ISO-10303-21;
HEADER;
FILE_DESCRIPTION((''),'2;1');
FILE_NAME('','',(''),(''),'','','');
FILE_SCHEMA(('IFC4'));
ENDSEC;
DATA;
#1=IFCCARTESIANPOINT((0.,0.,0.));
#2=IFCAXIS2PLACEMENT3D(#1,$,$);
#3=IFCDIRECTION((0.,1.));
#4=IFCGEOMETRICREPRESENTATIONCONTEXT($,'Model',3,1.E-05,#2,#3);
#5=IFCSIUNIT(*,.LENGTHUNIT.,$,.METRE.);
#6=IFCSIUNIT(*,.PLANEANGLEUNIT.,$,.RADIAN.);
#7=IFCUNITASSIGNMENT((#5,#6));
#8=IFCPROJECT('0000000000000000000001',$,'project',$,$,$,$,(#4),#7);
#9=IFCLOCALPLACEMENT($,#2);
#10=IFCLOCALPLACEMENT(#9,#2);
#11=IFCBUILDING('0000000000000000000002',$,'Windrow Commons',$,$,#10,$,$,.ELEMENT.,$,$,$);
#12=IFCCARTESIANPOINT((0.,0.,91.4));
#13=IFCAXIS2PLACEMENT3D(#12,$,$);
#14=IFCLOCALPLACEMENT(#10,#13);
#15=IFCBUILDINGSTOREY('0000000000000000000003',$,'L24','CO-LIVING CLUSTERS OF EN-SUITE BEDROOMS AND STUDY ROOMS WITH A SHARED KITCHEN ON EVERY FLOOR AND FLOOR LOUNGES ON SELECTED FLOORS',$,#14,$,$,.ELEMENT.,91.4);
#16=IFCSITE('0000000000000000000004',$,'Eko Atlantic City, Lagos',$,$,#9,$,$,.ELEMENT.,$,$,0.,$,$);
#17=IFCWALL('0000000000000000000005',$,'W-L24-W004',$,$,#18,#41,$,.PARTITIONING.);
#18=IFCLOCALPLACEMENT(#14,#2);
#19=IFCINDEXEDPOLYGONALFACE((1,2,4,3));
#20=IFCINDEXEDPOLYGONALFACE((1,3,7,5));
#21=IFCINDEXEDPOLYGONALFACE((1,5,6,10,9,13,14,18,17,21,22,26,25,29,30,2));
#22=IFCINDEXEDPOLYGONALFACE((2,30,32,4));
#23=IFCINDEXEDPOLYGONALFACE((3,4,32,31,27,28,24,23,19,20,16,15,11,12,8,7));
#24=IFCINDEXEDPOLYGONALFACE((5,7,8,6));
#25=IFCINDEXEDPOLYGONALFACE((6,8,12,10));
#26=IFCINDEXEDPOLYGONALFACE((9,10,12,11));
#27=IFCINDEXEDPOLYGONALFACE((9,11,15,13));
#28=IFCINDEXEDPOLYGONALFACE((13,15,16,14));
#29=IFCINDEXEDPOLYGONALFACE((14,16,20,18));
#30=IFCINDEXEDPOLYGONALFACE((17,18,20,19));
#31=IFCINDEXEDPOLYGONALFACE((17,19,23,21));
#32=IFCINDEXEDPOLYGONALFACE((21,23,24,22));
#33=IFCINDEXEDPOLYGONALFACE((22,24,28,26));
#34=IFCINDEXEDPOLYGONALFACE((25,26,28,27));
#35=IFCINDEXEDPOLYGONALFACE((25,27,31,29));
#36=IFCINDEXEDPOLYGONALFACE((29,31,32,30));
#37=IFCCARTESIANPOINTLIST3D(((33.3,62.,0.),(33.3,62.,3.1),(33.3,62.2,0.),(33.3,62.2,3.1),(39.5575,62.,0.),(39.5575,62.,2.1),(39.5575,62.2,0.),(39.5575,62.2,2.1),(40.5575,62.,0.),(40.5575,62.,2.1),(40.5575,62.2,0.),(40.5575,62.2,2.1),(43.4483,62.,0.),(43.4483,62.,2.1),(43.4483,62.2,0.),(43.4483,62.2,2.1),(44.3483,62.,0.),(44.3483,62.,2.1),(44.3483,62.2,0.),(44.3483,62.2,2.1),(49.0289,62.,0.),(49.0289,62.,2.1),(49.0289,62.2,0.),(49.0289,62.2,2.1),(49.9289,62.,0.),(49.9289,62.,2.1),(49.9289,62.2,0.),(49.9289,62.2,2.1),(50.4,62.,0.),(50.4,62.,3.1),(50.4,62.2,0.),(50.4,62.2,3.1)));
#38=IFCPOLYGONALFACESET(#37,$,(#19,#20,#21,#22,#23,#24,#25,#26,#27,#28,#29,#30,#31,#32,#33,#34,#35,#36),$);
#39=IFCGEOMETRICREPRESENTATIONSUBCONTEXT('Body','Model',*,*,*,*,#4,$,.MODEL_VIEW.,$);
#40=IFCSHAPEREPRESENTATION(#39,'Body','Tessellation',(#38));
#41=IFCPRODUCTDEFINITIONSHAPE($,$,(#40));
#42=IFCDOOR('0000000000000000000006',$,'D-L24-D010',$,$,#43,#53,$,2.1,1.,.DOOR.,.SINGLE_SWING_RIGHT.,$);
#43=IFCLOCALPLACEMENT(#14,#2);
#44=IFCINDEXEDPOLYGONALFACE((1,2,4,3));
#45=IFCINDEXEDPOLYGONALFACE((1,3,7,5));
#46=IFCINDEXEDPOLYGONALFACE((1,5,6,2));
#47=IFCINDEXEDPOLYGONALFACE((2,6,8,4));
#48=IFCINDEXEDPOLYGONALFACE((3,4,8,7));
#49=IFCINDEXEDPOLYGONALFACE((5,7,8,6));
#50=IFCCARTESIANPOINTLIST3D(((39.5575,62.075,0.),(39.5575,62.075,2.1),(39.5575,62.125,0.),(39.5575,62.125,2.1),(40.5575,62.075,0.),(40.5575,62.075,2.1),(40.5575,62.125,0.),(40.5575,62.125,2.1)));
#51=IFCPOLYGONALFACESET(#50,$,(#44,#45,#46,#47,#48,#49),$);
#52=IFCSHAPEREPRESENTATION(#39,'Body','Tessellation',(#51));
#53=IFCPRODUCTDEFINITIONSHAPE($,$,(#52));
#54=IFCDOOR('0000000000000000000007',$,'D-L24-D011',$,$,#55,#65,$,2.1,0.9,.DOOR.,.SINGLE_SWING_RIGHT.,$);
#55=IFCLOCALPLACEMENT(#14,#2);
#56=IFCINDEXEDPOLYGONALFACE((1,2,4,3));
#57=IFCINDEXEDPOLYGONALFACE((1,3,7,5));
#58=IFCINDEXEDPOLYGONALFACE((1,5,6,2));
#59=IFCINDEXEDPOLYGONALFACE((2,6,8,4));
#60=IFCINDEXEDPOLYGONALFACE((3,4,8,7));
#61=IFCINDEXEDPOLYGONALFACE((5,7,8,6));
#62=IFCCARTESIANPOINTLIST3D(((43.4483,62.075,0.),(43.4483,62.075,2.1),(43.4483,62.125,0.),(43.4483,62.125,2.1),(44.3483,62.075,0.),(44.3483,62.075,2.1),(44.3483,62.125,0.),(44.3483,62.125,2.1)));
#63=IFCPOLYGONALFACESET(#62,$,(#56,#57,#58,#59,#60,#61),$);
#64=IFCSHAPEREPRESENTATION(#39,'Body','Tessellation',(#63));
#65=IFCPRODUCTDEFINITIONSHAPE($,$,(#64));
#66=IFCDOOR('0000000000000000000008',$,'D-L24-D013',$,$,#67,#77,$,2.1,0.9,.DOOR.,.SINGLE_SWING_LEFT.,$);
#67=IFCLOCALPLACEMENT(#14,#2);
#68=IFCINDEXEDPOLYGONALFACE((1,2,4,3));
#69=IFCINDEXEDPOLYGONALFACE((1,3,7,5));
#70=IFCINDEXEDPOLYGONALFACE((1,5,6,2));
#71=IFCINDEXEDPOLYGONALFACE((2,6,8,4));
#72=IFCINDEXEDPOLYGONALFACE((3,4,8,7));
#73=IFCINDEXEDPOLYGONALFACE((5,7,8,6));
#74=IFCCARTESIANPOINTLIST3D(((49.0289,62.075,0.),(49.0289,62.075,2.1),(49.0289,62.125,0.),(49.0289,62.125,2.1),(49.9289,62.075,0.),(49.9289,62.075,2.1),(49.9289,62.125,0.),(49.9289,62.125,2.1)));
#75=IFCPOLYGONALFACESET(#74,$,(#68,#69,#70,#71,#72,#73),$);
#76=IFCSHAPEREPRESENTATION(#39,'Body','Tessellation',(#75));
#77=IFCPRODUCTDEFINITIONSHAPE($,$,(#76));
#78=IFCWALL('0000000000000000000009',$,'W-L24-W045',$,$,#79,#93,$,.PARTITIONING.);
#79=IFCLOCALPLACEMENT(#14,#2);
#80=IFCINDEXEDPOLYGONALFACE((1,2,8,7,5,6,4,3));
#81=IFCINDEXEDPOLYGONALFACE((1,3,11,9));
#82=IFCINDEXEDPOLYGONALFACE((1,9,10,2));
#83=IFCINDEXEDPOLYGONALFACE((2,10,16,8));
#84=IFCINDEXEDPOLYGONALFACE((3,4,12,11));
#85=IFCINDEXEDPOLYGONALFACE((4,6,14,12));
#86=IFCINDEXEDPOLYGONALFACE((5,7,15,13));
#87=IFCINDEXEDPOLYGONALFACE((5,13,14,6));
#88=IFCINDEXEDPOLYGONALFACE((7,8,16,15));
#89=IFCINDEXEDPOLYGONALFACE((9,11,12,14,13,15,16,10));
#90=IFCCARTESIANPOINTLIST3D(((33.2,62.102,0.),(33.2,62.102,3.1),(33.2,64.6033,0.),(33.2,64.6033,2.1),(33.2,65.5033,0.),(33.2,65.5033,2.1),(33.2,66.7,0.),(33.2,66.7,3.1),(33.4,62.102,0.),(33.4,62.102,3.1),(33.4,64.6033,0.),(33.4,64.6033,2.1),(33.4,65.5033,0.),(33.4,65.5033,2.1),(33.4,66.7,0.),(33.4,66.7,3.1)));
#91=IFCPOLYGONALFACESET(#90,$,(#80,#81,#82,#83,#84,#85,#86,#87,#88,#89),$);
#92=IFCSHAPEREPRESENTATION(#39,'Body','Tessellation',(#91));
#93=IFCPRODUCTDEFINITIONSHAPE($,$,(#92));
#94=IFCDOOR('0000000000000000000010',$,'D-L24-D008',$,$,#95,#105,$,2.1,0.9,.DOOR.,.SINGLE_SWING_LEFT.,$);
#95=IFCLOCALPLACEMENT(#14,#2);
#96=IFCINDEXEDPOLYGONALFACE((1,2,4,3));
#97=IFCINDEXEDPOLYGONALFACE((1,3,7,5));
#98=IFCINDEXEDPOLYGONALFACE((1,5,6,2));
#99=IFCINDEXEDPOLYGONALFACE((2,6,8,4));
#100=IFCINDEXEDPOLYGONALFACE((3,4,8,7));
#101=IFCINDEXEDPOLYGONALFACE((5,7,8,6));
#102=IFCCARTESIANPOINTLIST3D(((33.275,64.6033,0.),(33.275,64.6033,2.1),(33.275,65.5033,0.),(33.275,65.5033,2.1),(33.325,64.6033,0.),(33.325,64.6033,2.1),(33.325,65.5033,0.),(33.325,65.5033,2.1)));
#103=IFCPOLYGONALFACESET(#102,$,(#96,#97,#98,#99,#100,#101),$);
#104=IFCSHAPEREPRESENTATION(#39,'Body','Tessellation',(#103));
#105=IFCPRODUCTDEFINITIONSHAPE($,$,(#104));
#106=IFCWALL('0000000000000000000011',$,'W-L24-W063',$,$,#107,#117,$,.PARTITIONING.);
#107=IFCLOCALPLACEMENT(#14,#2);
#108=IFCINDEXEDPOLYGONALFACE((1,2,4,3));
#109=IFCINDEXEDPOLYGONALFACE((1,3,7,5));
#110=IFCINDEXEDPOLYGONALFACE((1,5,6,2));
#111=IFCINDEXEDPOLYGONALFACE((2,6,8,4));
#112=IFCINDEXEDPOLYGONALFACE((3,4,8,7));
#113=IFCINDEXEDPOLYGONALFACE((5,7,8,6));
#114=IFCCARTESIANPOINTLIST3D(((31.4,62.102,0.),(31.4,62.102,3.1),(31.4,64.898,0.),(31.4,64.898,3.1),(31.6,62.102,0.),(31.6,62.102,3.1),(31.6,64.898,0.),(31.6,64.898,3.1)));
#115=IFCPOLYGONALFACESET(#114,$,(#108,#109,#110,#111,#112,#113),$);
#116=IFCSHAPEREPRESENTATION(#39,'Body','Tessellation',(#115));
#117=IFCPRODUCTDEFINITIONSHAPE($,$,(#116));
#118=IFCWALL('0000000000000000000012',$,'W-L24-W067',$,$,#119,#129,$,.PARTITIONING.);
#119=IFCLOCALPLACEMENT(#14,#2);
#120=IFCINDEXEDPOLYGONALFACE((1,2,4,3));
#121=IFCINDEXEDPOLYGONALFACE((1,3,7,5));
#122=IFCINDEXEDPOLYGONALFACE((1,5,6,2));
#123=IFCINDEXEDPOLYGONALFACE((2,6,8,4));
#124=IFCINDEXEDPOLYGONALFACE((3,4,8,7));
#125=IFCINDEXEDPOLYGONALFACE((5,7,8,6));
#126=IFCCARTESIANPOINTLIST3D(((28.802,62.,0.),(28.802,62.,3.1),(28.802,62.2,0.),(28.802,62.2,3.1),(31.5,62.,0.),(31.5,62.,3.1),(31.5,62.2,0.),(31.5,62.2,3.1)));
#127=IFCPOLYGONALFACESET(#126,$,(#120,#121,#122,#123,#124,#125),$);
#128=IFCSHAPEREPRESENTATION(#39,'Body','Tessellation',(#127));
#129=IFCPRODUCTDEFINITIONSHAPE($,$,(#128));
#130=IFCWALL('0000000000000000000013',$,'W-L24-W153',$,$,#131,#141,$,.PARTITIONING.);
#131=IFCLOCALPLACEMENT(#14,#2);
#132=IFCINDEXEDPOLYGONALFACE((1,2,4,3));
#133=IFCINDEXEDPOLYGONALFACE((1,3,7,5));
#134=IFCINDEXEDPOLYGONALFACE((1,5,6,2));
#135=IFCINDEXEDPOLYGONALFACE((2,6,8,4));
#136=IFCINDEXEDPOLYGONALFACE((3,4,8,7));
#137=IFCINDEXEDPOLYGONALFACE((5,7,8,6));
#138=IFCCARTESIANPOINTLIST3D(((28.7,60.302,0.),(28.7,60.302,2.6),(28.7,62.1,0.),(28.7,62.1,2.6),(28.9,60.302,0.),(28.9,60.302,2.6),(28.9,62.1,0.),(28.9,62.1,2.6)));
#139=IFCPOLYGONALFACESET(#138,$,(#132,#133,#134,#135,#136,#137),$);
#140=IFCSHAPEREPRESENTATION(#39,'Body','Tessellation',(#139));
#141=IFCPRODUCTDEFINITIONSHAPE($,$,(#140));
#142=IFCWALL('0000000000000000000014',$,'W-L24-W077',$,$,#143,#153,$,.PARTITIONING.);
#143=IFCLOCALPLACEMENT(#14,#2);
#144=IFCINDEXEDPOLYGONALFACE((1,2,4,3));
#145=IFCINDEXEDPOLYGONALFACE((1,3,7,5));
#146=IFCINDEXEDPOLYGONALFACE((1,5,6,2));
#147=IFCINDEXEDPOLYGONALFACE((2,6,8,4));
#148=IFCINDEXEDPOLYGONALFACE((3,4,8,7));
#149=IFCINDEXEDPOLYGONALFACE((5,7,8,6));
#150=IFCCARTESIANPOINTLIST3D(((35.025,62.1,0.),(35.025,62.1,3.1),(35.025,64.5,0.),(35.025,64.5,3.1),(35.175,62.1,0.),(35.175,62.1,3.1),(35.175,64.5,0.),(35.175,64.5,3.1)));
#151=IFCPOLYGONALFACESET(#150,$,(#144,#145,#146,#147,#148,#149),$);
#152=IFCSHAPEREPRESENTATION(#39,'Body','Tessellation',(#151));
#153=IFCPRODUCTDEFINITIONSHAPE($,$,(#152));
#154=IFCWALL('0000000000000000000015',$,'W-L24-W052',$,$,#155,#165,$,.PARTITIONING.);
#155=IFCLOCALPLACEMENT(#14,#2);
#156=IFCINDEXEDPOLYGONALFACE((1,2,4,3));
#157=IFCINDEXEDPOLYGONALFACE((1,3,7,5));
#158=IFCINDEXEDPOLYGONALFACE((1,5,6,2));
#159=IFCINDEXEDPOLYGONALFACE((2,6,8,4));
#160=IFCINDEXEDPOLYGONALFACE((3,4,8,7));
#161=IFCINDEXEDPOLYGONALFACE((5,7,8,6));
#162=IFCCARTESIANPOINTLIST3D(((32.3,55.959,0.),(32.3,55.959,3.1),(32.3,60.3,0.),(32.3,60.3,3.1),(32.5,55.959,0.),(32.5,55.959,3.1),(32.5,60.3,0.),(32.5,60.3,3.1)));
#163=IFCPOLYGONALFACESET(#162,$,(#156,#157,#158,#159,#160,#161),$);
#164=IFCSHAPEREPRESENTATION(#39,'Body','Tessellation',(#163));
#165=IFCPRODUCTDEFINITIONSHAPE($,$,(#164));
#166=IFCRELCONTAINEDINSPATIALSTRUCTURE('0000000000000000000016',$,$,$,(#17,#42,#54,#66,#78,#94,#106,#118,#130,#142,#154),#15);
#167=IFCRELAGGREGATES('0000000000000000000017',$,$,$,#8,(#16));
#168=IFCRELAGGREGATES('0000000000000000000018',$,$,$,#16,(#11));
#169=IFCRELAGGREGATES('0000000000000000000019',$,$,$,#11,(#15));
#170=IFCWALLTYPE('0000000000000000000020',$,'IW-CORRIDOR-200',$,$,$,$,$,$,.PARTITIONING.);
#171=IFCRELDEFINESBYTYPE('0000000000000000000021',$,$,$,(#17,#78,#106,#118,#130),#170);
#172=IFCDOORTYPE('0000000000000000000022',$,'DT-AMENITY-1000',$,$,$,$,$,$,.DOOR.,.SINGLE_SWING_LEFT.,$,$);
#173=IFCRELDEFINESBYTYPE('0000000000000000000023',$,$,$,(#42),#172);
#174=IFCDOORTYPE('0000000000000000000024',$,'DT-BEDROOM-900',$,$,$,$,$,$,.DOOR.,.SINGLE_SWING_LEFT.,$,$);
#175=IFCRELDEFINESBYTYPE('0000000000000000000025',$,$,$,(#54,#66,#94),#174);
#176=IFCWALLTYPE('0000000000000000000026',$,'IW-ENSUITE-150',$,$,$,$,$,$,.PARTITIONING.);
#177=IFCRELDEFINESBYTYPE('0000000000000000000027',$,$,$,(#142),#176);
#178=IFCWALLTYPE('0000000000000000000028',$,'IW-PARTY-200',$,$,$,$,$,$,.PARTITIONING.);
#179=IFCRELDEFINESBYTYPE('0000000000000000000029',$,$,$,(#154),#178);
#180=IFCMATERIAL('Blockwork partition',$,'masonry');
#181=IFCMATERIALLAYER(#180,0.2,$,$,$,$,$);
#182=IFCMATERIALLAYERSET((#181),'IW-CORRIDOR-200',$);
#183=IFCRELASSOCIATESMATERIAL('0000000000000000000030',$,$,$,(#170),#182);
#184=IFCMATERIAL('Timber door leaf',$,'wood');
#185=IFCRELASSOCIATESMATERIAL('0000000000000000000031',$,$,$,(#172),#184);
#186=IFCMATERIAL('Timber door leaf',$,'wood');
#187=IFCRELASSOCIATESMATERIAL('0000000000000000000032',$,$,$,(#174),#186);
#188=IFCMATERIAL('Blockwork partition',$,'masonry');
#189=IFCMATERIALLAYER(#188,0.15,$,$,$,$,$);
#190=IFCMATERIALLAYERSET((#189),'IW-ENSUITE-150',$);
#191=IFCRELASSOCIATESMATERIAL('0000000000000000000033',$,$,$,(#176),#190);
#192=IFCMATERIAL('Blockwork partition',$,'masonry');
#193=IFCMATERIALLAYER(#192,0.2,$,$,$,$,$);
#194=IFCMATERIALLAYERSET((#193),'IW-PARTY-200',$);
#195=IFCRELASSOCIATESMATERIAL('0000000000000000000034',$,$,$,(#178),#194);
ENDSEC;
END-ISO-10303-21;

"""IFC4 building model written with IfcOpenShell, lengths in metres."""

from ifc_helpers import new_model, si_unit, direction, frame, frame_2d, origin, place, context, subcontext, project, spatial, rectangle, extrude, material, layer, layer_set, type_object, element, fill, save


model = new_model("IFC4")

# Units and contexts
model_context = context("Model", 3, precision=1e-05, world=origin(), true_north=direction((0.0, 1.0)))
body_context = subcontext(model_context, "Body", "Model", "MODEL_VIEW")
ifc_project = project(units=[si_unit("LENGTHUNIT", "METRE"), si_unit("PLANEANGLEUNIT", "RADIAN")], contexts=[model_context])

# Site, building, storey
site_placement = place(None, origin())
site = spatial("IfcSite", under=ifc_project, at=site_placement, Name="Eko Atlantic City, Lagos", CompositionType="ELEMENT", RefElevation=0.0)
building_placement = place(site_placement, origin())
building = spatial("IfcBuilding", under=site, at=building_placement, Name="Windrow Commons", CompositionType="ELEMENT")
storey_placement = place(building_placement, frame((0.0, 0.0, 91.4)))
storey = spatial("IfcBuildingStorey", under=building, at=storey_placement, Name="L24", Description="CO-LIVING CLUSTERS OF EN-SUITE BEDROOMS AND STUDY ROOMS WITH A SHARED KITCHEN ON EVERY FLOOR AND FLOOR LOUNGES ON SELECTED FLOORS", CompositionType="ELEMENT", Elevation=91.4)

# Wall, openings, doors
ifc_material_1 = material(Name="Blockwork partition", Category="masonry")
ifc_layer_1 = layer(ifc_material_1, 0.2)
ifc_layer_set_1 = layer_set([ifc_layer_1], Name="IW-CORRIDOR-200")
wall_type_1 = type_object("IfcWallType", Name="IW-CORRIDOR-200", PredefinedType="PARTITIONING", material=ifc_layer_set_1)
ifc_material_2 = material(Name="Timber door leaf", Category="wood")
door_type_1 = type_object("IfcDoorType", Name="DT-AMENITY-1000", OperationType="SINGLE_SWING_LEFT", PredefinedType="DOOR", material=ifc_material_2)
ifc_material_3 = material(Name="Timber door leaf", Category="wood")
door_type_2 = type_object("IfcDoorType", Name="DT-BEDROOM-900", OperationType="SINGLE_SWING_LEFT", PredefinedType="DOOR", material=ifc_material_3)
wall_1_placement = place(storey_placement, frame((33.3, 62.1, 0.0), z_axis=(0.0, 0.0, 1.0), x_axis=(1.0, 0.0, 0.0)))
wall_1 = element("IfcWall", 1, at=wall_1_placement, inside=storey, type_object=wall_type_1, Name="W-L24-W004", PredefinedType="PARTITIONING", context=body_context, shape_type="SweptSolid", body=[
    extrude(rectangle(XDim=17.1, YDim=0.2, at=frame_2d((8.55, 0.0))), origin(), (0.0, 0.0, 1.0), 3.1),
])
opening_1_placement = place(wall_1_placement, frame((6.2575, 0.0, 0.0)))
opening_1 = element("IfcOpeningElement", 2, at=opening_1_placement, cuts=wall_1, PredefinedType="OPENING", context=body_context, shape_type="SweptSolid", body=[
    extrude(rectangle(XDim=1.0, YDim=2.1, at=frame_2d((0.5, 1.05))), frame((0.0, 0.11, 0.0), z_axis=(0.0, -1.0, 0.0), x_axis=(1.0, 0.0, 0.0)), (0.0, 0.0, 1.0), 0.22),
])
opening_2_placement = place(wall_1_placement, frame((10.1483, 0.0, 0.0)))
opening_2 = element("IfcOpeningElement", 3, at=opening_2_placement, cuts=wall_1, PredefinedType="OPENING", context=body_context, shape_type="SweptSolid", body=[
    extrude(rectangle(XDim=0.9, YDim=2.1, at=frame_2d((0.45, 1.05))), frame((0.0, 0.11, 0.0), z_axis=(0.0, -1.0, 0.0), x_axis=(1.0, 0.0, 0.0)), (0.0, 0.0, 1.0), 0.22),
])
opening_3_placement = place(wall_1_placement, frame((15.7289, 0.0, 0.0)))
opening_3 = element("IfcOpeningElement", 4, at=opening_3_placement, cuts=wall_1, PredefinedType="OPENING", context=body_context, shape_type="SweptSolid", body=[
    extrude(rectangle(XDim=0.9, YDim=2.1, at=frame_2d((0.45, 1.05))), frame((0.0, 0.11, 0.0), z_axis=(0.0, -1.0, 0.0), x_axis=(1.0, 0.0, 0.0)), (0.0, 0.0, 1.0), 0.22),
])
door_1_placement = place(opening_1_placement, origin())
door_1 = element("IfcDoor", 5, at=door_1_placement, inside=storey, type_object=door_type_1, Name="D-L24-D010", OperationType="SINGLE_SWING_RIGHT", OverallHeight=2.1, OverallWidth=1.0, PredefinedType="DOOR", context=body_context, shape_type="SweptSolid", body=[
    extrude(rectangle(XDim=1.0, YDim=2.1, at=frame_2d((0.5, 1.05))), frame((0.0, 0.025, 0.0), z_axis=(0.0, -1.0, 0.0), x_axis=(1.0, 0.0, 0.0)), (0.0, 0.0, 1.0), 0.05),
])
fill(opening_1, door_1)
door_2_placement = place(opening_2_placement, origin())
door_2 = element("IfcDoor", 6, at=door_2_placement, inside=storey, type_object=door_type_2, Name="D-L24-D011", OperationType="SINGLE_SWING_RIGHT", OverallHeight=2.1, OverallWidth=0.9, PredefinedType="DOOR", context=body_context, shape_type="SweptSolid", body=[
    extrude(rectangle(XDim=0.9, YDim=2.1, at=frame_2d((0.45, 1.05))), frame((0.0, 0.025, 0.0), z_axis=(0.0, -1.0, 0.0), x_axis=(1.0, 0.0, 0.0)), (0.0, 0.0, 1.0), 0.05),
])
fill(opening_2, door_2)
door_3_placement = place(opening_3_placement, origin())
door_3 = element("IfcDoor", 7, at=door_3_placement, inside=storey, type_object=door_type_2, Name="D-L24-D013", OperationType="SINGLE_SWING_LEFT", OverallHeight=2.1, OverallWidth=0.9, PredefinedType="DOOR", context=body_context, shape_type="SweptSolid", body=[
    extrude(rectangle(XDim=0.9, YDim=2.1, at=frame_2d((0.45, 1.05))), frame((0.0, 0.025, 0.0), z_axis=(0.0, -1.0, 0.0), x_axis=(1.0, 0.0, 0.0)), (0.0, 0.0, 1.0), 0.05),
])
fill(opening_3, door_3)

# Wall, opening, door
wall_2_placement = place(storey_placement, frame((33.3, 62.102, 0.0), z_axis=(0.0, 0.0, 1.0), x_axis=(0.0, 1.0, 0.0)))
wall_2 = element("IfcWall", 8, at=wall_2_placement, inside=storey, type_object=wall_type_1, Name="W-L24-W045", PredefinedType="PARTITIONING", context=body_context, shape_type="SweptSolid", body=[
    extrude(rectangle(XDim=4.598, YDim=0.2, at=frame_2d((2.299, 0.0))), origin(), (0.0, 0.0, 1.0), 3.1),
])
opening_4_placement = place(wall_2_placement, frame((2.5013, 0.0, 0.0)))
opening_4 = element("IfcOpeningElement", 9, at=opening_4_placement, cuts=wall_2, PredefinedType="OPENING", context=body_context, shape_type="SweptSolid", body=[
    extrude(rectangle(XDim=0.9, YDim=2.1, at=frame_2d((0.45, 1.05))), frame((0.0, 0.11, 0.0), z_axis=(0.0, -1.0, 0.0), x_axis=(1.0, 0.0, 0.0)), (0.0, 0.0, 1.0), 0.22),
])
door_4_placement = place(opening_4_placement, origin())
door_4 = element("IfcDoor", 10, at=door_4_placement, inside=storey, type_object=door_type_2, Name="D-L24-D008", OperationType="SINGLE_SWING_LEFT", OverallHeight=2.1, OverallWidth=0.9, PredefinedType="DOOR", context=body_context, shape_type="SweptSolid", body=[
    extrude(rectangle(XDim=0.9, YDim=2.1, at=frame_2d((0.45, 1.05))), frame((0.0, 0.025, 0.0), z_axis=(0.0, -1.0, 0.0), x_axis=(1.0, 0.0, 0.0)), (0.0, 0.0, 1.0), 0.05),
])
fill(opening_4, door_4)

# Walls
wall_3_placement = place(storey_placement, frame((31.5, 62.102, 0.0), z_axis=(0.0, 0.0, 1.0), x_axis=(0.0, 1.0, 0.0)))
element("IfcWall", 11, at=wall_3_placement, inside=storey, type_object=wall_type_1, Name="W-L24-W063", PredefinedType="PARTITIONING", context=body_context, shape_type="SweptSolid", body=[
    extrude(rectangle(XDim=2.796, YDim=0.2, at=frame_2d((1.398, 0.0))), origin(), (0.0, 0.0, 1.0), 3.1),
])
wall_4_placement = place(storey_placement, frame((28.802, 62.1, 0.0), z_axis=(0.0, 0.0, 1.0), x_axis=(1.0, 0.0, 0.0)))
element("IfcWall", 12, at=wall_4_placement, inside=storey, type_object=wall_type_1, Name="W-L24-W067", PredefinedType="PARTITIONING", context=body_context, shape_type="SweptSolid", body=[
    extrude(rectangle(XDim=2.698, YDim=0.2, at=frame_2d((1.349, 0.0))), origin(), (0.0, 0.0, 1.0), 3.1),
])
wall_5_placement = place(storey_placement, frame((28.8, 60.302, 0.0), z_axis=(0.0, 0.0, 1.0), x_axis=(0.0, 1.0, 0.0)))
element("IfcWall", 13, at=wall_5_placement, inside=storey, type_object=wall_type_1, Name="W-L24-W153", PredefinedType="PARTITIONING", context=body_context, shape_type="SweptSolid", body=[
    extrude(rectangle(XDim=1.798, YDim=0.2, at=frame_2d((0.899, 0.0))), origin(), (0.0, 0.0, 1.0), 2.6),
])
ifc_material_4 = material(Name="Blockwork partition", Category="masonry")
ifc_layer_2 = layer(ifc_material_4, 0.15)
ifc_layer_set_2 = layer_set([ifc_layer_2], Name="IW-ENSUITE-150")
wall_type_2 = type_object("IfcWallType", Name="IW-ENSUITE-150", PredefinedType="PARTITIONING", material=ifc_layer_set_2)
wall_6_placement = place(storey_placement, frame((35.1, 62.1, 0.0), z_axis=(0.0, 0.0, 1.0), x_axis=(0.0, 1.0, 0.0)))
element("IfcWall", 14, at=wall_6_placement, inside=storey, type_object=wall_type_2, Name="W-L24-W077", PredefinedType="PARTITIONING", context=body_context, shape_type="SweptSolid", body=[
    extrude(rectangle(XDim=2.4, YDim=0.15, at=frame_2d((1.2, 0.0))), origin(), (0.0, 0.0, 1.0), 3.1),
])
ifc_material_5 = material(Name="Blockwork partition", Category="masonry")
ifc_layer_3 = layer(ifc_material_5, 0.2)
ifc_layer_set_3 = layer_set([ifc_layer_3], Name="IW-PARTY-200")
wall_type_3 = type_object("IfcWallType", Name="IW-PARTY-200", PredefinedType="PARTITIONING", material=ifc_layer_set_3)
wall_7_placement = place(storey_placement, frame((32.4, 55.959, 0.0), z_axis=(0.0, 0.0, 1.0), x_axis=(0.0, 1.0, 0.0)))
element("IfcWall", 15, at=wall_7_placement, inside=storey, type_object=wall_type_3, Name="W-L24-W052", PredefinedType="PARTITIONING", context=body_context, shape_type="SweptSolid", body=[
    extrude(rectangle(XDim=4.341, YDim=0.2, at=frame_2d((2.1705, 0.0))), origin(), (0.0, 0.0, 1.0), 3.1),
])

save(model, "model.ifc")
